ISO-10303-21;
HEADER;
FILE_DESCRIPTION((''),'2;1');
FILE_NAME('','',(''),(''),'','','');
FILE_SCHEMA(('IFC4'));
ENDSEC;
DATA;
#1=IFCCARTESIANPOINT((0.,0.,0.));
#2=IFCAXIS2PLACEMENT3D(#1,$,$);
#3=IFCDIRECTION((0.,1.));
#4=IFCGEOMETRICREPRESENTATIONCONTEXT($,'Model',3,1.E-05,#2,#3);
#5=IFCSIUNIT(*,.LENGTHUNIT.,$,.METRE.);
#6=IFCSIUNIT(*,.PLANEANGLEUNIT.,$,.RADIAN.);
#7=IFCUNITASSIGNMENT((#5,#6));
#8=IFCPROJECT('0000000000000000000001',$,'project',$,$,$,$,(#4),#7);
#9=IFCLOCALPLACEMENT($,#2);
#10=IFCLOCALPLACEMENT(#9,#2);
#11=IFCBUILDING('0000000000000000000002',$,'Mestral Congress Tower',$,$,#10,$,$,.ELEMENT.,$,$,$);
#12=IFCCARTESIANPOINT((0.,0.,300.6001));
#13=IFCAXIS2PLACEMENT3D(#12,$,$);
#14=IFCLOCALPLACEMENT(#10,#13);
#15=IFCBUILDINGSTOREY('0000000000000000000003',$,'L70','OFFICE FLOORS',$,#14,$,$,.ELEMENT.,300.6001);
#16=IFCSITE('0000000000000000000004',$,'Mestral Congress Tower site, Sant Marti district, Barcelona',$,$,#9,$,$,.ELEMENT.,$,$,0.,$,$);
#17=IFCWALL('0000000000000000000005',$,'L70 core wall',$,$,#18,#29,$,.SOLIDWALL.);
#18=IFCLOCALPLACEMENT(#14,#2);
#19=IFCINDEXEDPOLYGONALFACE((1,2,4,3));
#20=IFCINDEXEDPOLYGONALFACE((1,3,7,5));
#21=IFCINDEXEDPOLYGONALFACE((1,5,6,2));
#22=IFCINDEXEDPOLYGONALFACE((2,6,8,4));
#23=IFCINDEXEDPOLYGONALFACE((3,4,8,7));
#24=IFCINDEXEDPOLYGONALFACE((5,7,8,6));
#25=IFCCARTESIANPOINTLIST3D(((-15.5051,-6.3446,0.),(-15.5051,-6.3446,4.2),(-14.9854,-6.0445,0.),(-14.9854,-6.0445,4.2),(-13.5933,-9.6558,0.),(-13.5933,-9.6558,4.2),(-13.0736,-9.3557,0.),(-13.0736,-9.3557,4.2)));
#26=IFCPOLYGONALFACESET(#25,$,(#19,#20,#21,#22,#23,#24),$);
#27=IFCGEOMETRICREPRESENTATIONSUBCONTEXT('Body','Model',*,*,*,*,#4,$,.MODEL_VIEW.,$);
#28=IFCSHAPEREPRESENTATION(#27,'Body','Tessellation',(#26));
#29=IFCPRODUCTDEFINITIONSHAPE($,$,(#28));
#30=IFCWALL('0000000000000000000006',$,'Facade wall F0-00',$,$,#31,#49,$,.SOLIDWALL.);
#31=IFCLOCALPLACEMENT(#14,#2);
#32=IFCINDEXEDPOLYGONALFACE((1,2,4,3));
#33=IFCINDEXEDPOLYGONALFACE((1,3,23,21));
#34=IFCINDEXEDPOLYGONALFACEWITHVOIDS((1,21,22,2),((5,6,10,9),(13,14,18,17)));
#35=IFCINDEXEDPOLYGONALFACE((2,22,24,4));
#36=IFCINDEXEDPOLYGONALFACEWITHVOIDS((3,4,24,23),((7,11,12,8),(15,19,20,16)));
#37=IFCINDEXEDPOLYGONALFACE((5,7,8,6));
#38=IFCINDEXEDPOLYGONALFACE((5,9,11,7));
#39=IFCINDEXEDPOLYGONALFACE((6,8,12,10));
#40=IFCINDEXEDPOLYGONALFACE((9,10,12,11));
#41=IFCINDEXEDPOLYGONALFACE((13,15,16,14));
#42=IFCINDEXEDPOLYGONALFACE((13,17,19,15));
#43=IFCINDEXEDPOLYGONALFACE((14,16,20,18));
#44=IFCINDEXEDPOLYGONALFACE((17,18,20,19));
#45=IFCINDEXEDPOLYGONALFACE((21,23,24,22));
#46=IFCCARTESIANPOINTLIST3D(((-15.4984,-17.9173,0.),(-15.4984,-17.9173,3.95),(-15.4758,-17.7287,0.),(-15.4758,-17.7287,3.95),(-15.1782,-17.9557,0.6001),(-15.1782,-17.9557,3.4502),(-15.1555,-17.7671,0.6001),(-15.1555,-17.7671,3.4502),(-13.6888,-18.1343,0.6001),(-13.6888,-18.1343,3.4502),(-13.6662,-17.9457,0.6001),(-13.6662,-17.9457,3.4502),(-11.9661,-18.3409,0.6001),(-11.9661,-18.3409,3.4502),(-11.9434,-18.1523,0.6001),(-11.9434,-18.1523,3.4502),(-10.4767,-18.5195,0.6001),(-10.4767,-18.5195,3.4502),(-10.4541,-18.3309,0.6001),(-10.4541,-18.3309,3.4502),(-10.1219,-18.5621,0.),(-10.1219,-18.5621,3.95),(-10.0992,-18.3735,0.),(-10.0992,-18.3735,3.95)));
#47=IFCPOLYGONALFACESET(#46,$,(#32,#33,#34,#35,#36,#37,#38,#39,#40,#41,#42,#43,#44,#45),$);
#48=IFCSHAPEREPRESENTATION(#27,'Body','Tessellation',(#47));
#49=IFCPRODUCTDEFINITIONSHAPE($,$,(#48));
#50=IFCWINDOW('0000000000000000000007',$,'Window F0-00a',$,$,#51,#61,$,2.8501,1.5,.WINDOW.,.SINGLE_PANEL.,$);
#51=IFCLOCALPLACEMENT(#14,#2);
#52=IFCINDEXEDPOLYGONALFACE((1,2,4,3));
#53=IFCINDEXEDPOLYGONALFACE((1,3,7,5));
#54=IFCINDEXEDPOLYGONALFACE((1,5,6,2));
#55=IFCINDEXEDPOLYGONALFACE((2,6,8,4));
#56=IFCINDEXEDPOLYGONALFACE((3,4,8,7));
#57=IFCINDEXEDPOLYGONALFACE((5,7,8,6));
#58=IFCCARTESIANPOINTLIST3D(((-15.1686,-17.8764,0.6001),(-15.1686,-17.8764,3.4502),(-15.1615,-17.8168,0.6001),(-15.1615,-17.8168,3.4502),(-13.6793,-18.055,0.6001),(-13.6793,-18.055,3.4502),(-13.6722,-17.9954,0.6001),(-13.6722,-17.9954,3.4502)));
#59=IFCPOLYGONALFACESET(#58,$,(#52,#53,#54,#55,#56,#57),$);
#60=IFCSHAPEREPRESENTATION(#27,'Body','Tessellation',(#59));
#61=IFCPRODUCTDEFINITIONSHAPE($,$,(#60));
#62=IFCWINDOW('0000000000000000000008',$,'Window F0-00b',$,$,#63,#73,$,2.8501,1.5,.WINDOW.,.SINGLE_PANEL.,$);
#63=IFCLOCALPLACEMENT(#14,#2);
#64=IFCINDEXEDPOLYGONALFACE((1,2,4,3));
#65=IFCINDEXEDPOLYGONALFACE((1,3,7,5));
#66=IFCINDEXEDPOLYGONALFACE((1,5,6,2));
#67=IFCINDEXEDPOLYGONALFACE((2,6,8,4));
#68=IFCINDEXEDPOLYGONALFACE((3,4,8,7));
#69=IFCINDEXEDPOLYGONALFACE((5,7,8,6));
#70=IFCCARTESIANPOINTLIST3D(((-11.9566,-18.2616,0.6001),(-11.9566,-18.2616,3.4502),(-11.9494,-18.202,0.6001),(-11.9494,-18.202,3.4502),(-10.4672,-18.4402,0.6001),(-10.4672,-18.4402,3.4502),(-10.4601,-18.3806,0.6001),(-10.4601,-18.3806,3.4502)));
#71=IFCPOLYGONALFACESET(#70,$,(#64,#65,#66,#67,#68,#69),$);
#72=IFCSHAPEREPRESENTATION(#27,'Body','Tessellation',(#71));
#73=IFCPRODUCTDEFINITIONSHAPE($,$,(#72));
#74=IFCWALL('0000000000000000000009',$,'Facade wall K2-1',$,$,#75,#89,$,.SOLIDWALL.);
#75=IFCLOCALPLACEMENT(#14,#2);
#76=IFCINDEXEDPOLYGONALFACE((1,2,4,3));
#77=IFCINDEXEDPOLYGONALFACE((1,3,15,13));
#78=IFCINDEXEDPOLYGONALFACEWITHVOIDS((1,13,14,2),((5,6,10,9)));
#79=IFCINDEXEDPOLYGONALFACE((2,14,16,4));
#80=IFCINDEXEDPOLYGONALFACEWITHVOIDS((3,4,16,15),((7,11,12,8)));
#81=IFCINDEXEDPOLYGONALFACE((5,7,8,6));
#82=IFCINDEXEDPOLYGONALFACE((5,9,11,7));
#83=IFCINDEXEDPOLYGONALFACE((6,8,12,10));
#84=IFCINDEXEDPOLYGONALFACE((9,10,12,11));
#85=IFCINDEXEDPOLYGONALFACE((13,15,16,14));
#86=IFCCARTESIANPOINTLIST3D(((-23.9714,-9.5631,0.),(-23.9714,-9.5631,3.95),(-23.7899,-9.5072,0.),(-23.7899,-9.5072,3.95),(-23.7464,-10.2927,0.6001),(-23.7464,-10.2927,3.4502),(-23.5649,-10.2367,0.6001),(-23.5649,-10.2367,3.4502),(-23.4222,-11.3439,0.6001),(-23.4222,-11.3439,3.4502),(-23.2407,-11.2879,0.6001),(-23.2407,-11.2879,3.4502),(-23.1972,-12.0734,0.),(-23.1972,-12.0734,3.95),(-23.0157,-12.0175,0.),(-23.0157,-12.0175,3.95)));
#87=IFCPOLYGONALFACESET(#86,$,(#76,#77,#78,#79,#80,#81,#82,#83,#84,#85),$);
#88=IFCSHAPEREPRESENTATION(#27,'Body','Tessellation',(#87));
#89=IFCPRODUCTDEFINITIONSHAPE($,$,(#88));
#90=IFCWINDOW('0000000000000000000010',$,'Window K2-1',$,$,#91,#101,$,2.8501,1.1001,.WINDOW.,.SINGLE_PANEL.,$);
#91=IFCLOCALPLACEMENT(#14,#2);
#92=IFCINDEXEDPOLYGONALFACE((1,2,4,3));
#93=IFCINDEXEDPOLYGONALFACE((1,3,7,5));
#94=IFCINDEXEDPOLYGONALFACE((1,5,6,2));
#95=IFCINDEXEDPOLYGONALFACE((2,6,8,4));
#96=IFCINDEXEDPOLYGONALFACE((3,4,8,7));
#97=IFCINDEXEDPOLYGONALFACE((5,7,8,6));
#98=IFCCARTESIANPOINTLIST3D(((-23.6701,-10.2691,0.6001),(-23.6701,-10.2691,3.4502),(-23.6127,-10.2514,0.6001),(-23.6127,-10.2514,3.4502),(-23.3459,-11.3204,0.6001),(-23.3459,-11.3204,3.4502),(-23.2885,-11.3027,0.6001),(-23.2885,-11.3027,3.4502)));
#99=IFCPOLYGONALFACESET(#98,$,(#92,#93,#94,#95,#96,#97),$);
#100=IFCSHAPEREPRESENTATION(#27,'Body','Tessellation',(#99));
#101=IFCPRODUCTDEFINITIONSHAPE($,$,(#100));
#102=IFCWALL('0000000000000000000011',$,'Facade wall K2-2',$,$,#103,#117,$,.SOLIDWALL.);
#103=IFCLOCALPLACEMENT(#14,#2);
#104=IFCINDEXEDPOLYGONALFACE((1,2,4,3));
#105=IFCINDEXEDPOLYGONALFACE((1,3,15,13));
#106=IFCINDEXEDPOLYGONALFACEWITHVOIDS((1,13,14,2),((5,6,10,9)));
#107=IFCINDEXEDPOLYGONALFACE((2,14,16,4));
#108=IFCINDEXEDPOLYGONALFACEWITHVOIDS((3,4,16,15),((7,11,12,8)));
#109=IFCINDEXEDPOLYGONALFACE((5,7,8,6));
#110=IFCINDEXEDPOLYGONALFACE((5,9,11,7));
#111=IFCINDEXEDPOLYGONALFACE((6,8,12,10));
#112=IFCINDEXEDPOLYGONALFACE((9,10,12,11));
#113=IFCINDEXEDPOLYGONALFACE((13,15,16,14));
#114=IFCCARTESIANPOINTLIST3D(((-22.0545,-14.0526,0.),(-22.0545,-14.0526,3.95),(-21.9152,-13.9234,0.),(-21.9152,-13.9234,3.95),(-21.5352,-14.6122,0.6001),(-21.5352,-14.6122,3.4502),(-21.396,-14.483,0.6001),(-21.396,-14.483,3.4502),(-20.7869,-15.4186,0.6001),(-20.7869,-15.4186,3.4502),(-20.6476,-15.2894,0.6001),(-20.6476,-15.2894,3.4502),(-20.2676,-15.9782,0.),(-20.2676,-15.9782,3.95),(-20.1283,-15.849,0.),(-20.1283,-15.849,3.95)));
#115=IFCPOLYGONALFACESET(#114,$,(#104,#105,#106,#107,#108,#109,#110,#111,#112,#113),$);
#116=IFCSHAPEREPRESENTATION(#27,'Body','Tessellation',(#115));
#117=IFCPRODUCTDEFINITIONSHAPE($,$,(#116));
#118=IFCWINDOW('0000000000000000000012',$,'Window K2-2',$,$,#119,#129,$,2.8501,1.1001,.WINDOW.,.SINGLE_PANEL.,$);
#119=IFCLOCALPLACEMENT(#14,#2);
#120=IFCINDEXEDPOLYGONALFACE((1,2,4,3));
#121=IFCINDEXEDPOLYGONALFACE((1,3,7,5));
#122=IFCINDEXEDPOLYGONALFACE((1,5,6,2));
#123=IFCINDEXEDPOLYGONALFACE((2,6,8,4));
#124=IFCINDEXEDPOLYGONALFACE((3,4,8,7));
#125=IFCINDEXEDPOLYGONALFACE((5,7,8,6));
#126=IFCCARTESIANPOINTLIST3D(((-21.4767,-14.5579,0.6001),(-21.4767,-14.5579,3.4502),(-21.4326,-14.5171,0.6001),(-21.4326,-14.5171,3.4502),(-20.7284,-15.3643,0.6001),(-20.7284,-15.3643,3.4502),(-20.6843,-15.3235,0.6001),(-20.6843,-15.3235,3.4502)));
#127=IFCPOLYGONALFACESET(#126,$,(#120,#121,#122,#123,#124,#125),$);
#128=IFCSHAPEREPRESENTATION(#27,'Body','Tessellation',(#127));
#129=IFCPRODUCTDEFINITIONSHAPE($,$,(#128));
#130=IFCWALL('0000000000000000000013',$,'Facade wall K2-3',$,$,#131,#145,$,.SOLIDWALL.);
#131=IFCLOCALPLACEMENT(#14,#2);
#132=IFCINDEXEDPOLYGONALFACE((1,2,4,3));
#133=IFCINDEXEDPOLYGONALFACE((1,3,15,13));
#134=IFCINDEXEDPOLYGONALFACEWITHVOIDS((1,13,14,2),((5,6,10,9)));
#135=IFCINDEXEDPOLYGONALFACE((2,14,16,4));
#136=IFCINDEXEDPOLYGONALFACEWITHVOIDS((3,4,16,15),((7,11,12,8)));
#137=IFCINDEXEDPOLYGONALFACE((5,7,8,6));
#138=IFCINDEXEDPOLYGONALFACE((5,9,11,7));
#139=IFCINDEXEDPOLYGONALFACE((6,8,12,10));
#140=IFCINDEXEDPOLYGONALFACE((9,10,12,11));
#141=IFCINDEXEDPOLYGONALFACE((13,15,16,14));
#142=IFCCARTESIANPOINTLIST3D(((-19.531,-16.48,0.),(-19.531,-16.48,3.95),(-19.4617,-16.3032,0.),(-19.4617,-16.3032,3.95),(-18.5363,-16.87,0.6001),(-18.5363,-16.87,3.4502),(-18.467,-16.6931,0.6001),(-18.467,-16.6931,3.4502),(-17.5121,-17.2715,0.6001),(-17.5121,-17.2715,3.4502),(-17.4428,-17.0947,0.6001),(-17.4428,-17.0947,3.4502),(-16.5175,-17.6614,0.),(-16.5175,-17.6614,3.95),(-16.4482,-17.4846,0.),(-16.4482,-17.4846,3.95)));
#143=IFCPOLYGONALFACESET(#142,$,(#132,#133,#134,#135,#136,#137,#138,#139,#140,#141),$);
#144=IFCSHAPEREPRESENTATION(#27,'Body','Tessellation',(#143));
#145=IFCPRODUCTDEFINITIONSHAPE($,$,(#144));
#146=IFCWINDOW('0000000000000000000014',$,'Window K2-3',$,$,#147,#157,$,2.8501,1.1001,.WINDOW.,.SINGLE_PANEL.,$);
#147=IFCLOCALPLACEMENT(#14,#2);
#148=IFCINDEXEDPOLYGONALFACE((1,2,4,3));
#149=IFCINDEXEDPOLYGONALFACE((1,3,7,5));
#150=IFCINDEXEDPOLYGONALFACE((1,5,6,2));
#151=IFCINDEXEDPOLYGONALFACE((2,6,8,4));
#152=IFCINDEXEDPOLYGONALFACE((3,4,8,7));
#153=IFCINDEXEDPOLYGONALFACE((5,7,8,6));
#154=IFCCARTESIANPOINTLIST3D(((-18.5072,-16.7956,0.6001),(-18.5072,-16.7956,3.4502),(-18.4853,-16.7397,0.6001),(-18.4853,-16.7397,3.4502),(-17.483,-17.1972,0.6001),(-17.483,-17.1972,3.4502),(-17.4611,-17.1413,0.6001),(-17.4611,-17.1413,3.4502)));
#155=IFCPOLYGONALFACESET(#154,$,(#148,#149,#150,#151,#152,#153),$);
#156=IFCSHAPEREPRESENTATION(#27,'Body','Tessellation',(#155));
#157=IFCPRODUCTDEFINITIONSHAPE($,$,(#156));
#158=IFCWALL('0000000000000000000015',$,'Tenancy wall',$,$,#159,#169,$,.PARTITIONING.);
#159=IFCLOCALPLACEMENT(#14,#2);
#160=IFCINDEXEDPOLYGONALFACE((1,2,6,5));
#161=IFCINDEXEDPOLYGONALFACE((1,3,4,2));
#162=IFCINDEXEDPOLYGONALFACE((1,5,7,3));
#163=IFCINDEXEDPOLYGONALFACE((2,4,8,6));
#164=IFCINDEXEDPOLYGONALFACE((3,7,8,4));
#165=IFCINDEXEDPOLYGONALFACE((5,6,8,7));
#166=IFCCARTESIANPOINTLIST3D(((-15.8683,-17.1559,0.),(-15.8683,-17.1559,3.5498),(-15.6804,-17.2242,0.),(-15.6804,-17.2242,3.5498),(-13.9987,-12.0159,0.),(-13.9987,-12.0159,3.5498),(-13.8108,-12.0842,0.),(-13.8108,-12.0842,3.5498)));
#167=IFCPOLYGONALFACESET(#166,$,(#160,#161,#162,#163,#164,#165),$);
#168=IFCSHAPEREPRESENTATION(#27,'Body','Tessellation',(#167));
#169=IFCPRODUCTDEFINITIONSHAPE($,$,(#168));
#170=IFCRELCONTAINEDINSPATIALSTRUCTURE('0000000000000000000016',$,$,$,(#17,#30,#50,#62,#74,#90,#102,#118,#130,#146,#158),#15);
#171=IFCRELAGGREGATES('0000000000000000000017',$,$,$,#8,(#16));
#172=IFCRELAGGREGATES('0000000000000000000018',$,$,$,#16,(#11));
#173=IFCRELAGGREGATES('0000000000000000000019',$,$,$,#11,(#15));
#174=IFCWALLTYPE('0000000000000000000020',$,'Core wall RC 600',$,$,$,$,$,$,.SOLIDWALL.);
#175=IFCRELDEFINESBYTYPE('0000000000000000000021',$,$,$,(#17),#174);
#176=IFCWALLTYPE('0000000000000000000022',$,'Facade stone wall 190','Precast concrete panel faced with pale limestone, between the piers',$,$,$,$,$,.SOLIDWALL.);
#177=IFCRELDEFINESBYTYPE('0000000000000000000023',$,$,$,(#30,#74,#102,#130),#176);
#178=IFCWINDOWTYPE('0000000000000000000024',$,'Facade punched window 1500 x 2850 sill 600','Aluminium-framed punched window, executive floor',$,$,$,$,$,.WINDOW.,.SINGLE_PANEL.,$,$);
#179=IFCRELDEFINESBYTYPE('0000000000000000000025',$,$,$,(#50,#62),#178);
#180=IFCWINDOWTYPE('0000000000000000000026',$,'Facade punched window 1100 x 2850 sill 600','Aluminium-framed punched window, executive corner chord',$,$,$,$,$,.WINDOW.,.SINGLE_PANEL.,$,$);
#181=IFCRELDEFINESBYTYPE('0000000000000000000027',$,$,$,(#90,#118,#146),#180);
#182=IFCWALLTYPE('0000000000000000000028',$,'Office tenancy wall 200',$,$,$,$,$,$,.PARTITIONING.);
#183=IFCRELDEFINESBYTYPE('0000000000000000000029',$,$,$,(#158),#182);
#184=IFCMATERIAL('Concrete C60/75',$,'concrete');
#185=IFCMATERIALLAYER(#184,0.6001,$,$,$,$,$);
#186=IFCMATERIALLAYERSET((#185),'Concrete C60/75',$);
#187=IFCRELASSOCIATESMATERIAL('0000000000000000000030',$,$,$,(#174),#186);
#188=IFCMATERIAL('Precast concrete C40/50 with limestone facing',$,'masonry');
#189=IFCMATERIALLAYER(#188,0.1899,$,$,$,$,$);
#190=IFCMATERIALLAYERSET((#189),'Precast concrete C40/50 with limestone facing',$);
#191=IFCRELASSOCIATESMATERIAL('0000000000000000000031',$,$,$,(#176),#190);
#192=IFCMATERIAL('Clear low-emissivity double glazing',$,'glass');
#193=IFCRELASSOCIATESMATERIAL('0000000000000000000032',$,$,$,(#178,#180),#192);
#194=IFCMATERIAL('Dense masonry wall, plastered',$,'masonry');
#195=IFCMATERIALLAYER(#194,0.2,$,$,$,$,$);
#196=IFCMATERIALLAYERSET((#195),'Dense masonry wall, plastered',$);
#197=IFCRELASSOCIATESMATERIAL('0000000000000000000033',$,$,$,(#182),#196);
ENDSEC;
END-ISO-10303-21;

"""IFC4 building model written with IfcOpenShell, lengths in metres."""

from ifc_helpers import new_model, si_unit, direction, frame, frame_2d, origin, place, context, subcontext, project, spatial, rectangle, extrude, material, layer, layer_set, type_object, element, fill, save


model = new_model("IFC4")

# Units and contexts
model_context = context("Model", 3, precision=1e-05, world=origin(), true_north=direction((0.0, 1.0)))
body_context = subcontext(model_context, "Body", "Model", "MODEL_VIEW")
ifc_project = project(units=[si_unit("LENGTHUNIT", "METRE"), si_unit("PLANEANGLEUNIT", "RADIAN")], contexts=[model_context])

# Site, building, storey
site_placement = place(None, origin())
site = spatial("IfcSite", under=ifc_project, at=site_placement, Name="Mestral Congress Tower site, Sant Marti district, Barcelona", CompositionType="ELEMENT", RefElevation=0.0)
building_placement = place(site_placement, origin())
building = spatial("IfcBuilding", under=site, at=building_placement, Name="Mestral Congress Tower", CompositionType="ELEMENT")
storey_placement = place(building_placement, frame((0.0, 0.0, 300.6001)))
storey = spatial("IfcBuildingStorey", under=building, at=storey_placement, Name="L70", Description="OFFICE FLOORS", CompositionType="ELEMENT", Elevation=300.6001)

# Shared definitions
ifc_material_1 = material(Name="Concrete C60/75", Category="concrete")

# Wall
ifc_layer_1 = layer(ifc_material_1, 0.6001)
ifc_layer_set_1 = layer_set([ifc_layer_1], Name="Concrete C60/75")
wall_type_1 = type_object("IfcWallType", Name="Core wall RC 600", PredefinedType="SOLIDWALL", material=ifc_layer_set_1)
wall_1_placement = place(storey_placement, frame((-13.3335, -9.5056, 0.0), z_axis=(0.0, 0.0, 1.0), x_axis=(-0.500019, 0.866014, 0.0)))
element("IfcWall", 1, at=wall_1_placement, inside=storey, type_object=wall_type_1, Name="L70 core wall", PredefinedType="SOLIDWALL", context=body_context, shape_type="SweptSolid", body=[
    extrude(rectangle(XDim=3.8235, YDim=0.6001, at=frame_2d((1.9116, 0.0))), origin(), (0.0, 0.0, 1.0), 4.2),
])

# Wall, openings, windows
ifc_material_2 = material(Name="Precast concrete C40/50 with limestone facing", Category="masonry")
ifc_layer_2 = layer(ifc_material_2, 0.1899)
ifc_layer_set_2 = layer_set([ifc_layer_2], Name="Precast concrete C40/50 with limestone facing")
wall_type_2 = type_object("IfcWallType", Name="Facade stone wall 190", Description="Precast concrete panel faced with pale limestone, between the piers", PredefinedType="SOLIDWALL", material=ifc_layer_set_2)
wall_2_placement = place(storey_placement, frame((-15.4871, -17.823, 0.0), z_axis=(0.0, 0.0, 1.0), x_axis=(0.992886, -0.119072, 0.0)))
wall_2 = element("IfcWall", 2, at=wall_2_placement, inside=storey, type_object=wall_type_2, Name="Facade wall F0-00", PredefinedType="SOLIDWALL", context=body_context, shape_type="SweptSolid", body=[
    extrude(rectangle(XDim=5.415, YDim=0.1899, at=frame_2d((2.7075, 0.0))), origin(), (0.0, 0.0, 1.0), 3.95),
])
opening_1_placement = place(wall_2_placement, frame((0.3225, 0.0, 0.6001)))
opening_1 = element("IfcOpeningElement", 3, at=opening_1_placement, cuts=wall_2, PredefinedType="OPENING", context=body_context, shape_type="SweptSolid", body=[
    extrude(rectangle(XDim=1.5, YDim=2.8501, at=frame_2d((0.75, 1.425))), frame((0.0, 0.105, 0.0), z_axis=(0.0, -1.0, 0.0), x_axis=(1.0, 0.0, 0.0)), (0.0, 0.0, 1.0), 0.21),
])
opening_2_placement = place(wall_2_placement, frame((3.5576, 0.0, 0.6001)))
opening_2 = element("IfcOpeningElement", 4, at=opening_2_placement, cuts=wall_2, PredefinedType="OPENING", context=body_context, shape_type="SweptSolid", body=[
    extrude(rectangle(XDim=1.5, YDim=2.8501, at=frame_2d((0.75, 1.425))), frame((0.0, 0.105, 0.0), z_axis=(0.0, -1.0, 0.0), x_axis=(1.0, 0.0, 0.0)), (0.0, 0.0, 1.0), 0.21),
])
ifc_material_3 = material(Name="Clear low-emissivity double glazing", Category="glass")
window_type_1 = type_object("IfcWindowType", Name="Facade punched window 1500 x 2850 sill 600", Description="Aluminium-framed punched window, executive floor", PartitioningType="SINGLE_PANEL", PredefinedType="WINDOW", material=ifc_material_3)
window_1_placement = place(opening_1_placement, origin())
window_1 = element("IfcWindow", 5, at=window_1_placement, inside=storey, type_object=window_type_1, Name="Window F0-00a", OverallHeight=2.8501, OverallWidth=1.5, PartitioningType="SINGLE_PANEL", PredefinedType="WINDOW", context=body_context, shape_type="SweptSolid", body=[
    extrude(rectangle(XDim=1.5, YDim=2.8501, at=frame_2d((0.75, 1.425))), frame((0.0, 0.0449, 0.0), z_axis=(0.0, -1.0, 0.0), x_axis=(1.0, 0.0, 0.0)), (0.0, 0.0, 1.0), 0.0601),
])
fill(opening_1, window_1)
window_2_placement = place(opening_2_placement, origin())
window_2 = element("IfcWindow", 6, at=window_2_placement, inside=storey, type_object=window_type_1, Name="Window F0-00b", OverallHeight=2.8501, OverallWidth=1.5, PartitioningType="SINGLE_PANEL", PredefinedType="WINDOW", context=body_context, shape_type="SweptSolid", body=[
    extrude(rectangle(XDim=1.5, YDim=2.8501, at=frame_2d((0.75, 1.425))), frame((0.0, 0.0449, 0.0), z_axis=(0.0, -1.0, 0.0), x_axis=(1.0, 0.0, 0.0)), (0.0, 0.0, 1.0), 0.0601),
])
fill(opening_2, window_2)

# Walls, openings, windows
wall_3_placement = place(storey_placement, frame((-23.8806, -9.5352, 0.0), z_axis=(0.0, 0.0, 1.0), x_axis=(0.294706, -0.955588, 0.0)))
wall_3 = element("IfcWall", 7, at=wall_3_placement, inside=storey, type_object=wall_type_2, Name="Facade wall K2-1", PredefinedType="SOLIDWALL", context=body_context, shape_type="SweptSolid", body=[
    extrude(rectangle(XDim=2.627, YDim=0.1899, at=frame_2d((1.3135, 0.0))), origin(), (0.0, 0.0, 1.0), 3.95),
])
opening_3_placement = place(wall_3_placement, frame((0.7634, 0.0, 0.6001)))
opening_3 = element("IfcOpeningElement", 8, at=opening_3_placement, cuts=wall_3, PredefinedType="OPENING", context=body_context, shape_type="SweptSolid", body=[
    extrude(rectangle(XDim=1.1001, YDim=2.8501, at=frame_2d((0.55, 1.425))), frame((0.0, 0.105, 0.0), z_axis=(0.0, -1.0, 0.0), x_axis=(1.0, 0.0, 0.0)), (0.0, 0.0, 1.0), 0.21),
])
window_type_2 = type_object("IfcWindowType", Name="Facade punched window 1100 x 2850 sill 600", Description="Aluminium-framed punched window, executive corner chord", PartitioningType="SINGLE_PANEL", PredefinedType="WINDOW", material=ifc_material_3)
window_3_placement = place(opening_3_placement, origin())
window_3 = element("IfcWindow", 9, at=window_3_placement, inside=storey, type_object=window_type_2, Name="Window K2-1", OverallHeight=2.8501, OverallWidth=1.1001, PartitioningType="SINGLE_PANEL", PredefinedType="WINDOW", context=body_context, shape_type="SweptSolid", body=[
    extrude(rectangle(XDim=1.1001, YDim=2.8501, at=frame_2d((0.55, 1.425))), frame((0.0, 0.0449, 0.0), z_axis=(0.0, -1.0, 0.0), x_axis=(1.0, 0.0, 0.0)), (0.0, 0.0, 1.0), 0.0601),
])
fill(opening_3, window_3)
wall_4_placement = place(storey_placement, frame((-21.9849, -13.988, 0.0), z_axis=(0.0, 0.0, 1.0), x_axis=(0.680219, -0.733009, 0.0)))
wall_4 = element("IfcWall", 10, at=wall_4_placement, inside=storey, type_object=wall_type_2, Name="Facade wall K2-2", PredefinedType="SOLIDWALL", context=body_context, shape_type="SweptSolid", body=[
    extrude(rectangle(XDim=2.627, YDim=0.1899, at=frame_2d((1.3135, 0.0))), origin(), (0.0, 0.0, 1.0), 3.95),
])
opening_4_placement = place(wall_4_placement, frame((0.7634, 0.0, 0.6001)))
opening_4 = element("IfcOpeningElement", 11, at=opening_4_placement, cuts=wall_4, PredefinedType="OPENING", context=body_context, shape_type="SweptSolid", body=[
    extrude(rectangle(XDim=1.1001, YDim=2.8501, at=frame_2d((0.55, 1.425))), frame((0.0, 0.105, 0.0), z_axis=(0.0, -1.0, 0.0), x_axis=(1.0, 0.0, 0.0)), (0.0, 0.0, 1.0), 0.21),
])
window_4_placement = place(opening_4_placement, origin())
window_4 = element("IfcWindow", 12, at=window_4_placement, inside=storey, type_object=window_type_2, Name="Window K2-2", OverallHeight=2.8501, OverallWidth=1.1001, PartitioningType="SINGLE_PANEL", PredefinedType="WINDOW", context=body_context, shape_type="SweptSolid", body=[
    extrude(rectangle(XDim=1.1001, YDim=2.8501, at=frame_2d((0.55, 1.425))), frame((0.0, 0.0449, 0.0), z_axis=(0.0, -1.0, 0.0), x_axis=(1.0, 0.0, 0.0)), (0.0, 0.0, 1.0), 0.0601),
])
fill(opening_4, window_4)
wall_5_placement = place(storey_placement, frame((-19.4963, -16.3916, 0.0), z_axis=(0.0, 0.0, 1.0), x_axis=(0.931009, -0.364997, 0.0)))
wall_5 = element("IfcWall", 13, at=wall_5_placement, inside=storey, type_object=wall_type_2, Name="Facade wall K2-3", PredefinedType="SOLIDWALL", context=body_context, shape_type="SweptSolid", body=[
    extrude(rectangle(XDim=3.2368, YDim=0.1899, at=frame_2d((1.6184, 0.0))), origin(), (0.0, 0.0, 1.0), 3.95),
])
opening_5_placement = place(wall_5_placement, frame((1.0684, 0.0, 0.6001)))
opening_5 = element("IfcOpeningElement", 14, at=opening_5_placement, cuts=wall_5, PredefinedType="OPENING", context=body_context, shape_type="SweptSolid", body=[
    extrude(rectangle(XDim=1.1001, YDim=2.8501, at=frame_2d((0.55, 1.425))), frame((0.0, 0.105, 0.0), z_axis=(0.0, -1.0, 0.0), x_axis=(1.0, 0.0, 0.0)), (0.0, 0.0, 1.0), 0.21),
])
window_5_placement = place(opening_5_placement, origin())
window_5 = element("IfcWindow", 15, at=window_5_placement, inside=storey, type_object=window_type_2, Name="Window K2-3", OverallHeight=2.8501, OverallWidth=1.1001, PartitioningType="SINGLE_PANEL", PredefinedType="WINDOW", context=body_context, shape_type="SweptSolid", body=[
    extrude(rectangle(XDim=1.1001, YDim=2.8501, at=frame_2d((0.55, 1.425))), frame((0.0, 0.0449, 0.0), z_axis=(0.0, -1.0, 0.0), x_axis=(1.0, 0.0, 0.0)), (0.0, 0.0, 1.0), 0.0601),
])
fill(opening_5, window_5)

# Wall
ifc_material_4 = material(Name="Dense masonry wall, plastered", Category="masonry")
ifc_layer_3 = layer(ifc_material_4, 0.2)
ifc_layer_set_3 = layer_set([ifc_layer_3], Name="Dense masonry wall, plastered")
wall_type_3 = type_object("IfcWallType", Name="Office tenancy wall 200", PredefinedType="PARTITIONING", material=ifc_layer_set_3)
wall_6_placement = place(storey_placement, frame((-15.7744, -17.1902, 0.0), z_axis=(0.0, 0.0, 1.0), x_axis=(0.341822, 0.939765, 0.0)))
element("IfcWall", 16, at=wall_6_placement, inside=storey, type_object=wall_type_3, Name="Tenancy wall", PredefinedType="PARTITIONING", context=body_context, shape_type="SweptSolid", body=[
    extrude(rectangle(XDim=5.4695, YDim=0.2, at=frame_2d((2.7349, 0.0))), origin(), (0.0, 0.0, 1.0), 3.5498),
])

save(model, "model.ifc")
